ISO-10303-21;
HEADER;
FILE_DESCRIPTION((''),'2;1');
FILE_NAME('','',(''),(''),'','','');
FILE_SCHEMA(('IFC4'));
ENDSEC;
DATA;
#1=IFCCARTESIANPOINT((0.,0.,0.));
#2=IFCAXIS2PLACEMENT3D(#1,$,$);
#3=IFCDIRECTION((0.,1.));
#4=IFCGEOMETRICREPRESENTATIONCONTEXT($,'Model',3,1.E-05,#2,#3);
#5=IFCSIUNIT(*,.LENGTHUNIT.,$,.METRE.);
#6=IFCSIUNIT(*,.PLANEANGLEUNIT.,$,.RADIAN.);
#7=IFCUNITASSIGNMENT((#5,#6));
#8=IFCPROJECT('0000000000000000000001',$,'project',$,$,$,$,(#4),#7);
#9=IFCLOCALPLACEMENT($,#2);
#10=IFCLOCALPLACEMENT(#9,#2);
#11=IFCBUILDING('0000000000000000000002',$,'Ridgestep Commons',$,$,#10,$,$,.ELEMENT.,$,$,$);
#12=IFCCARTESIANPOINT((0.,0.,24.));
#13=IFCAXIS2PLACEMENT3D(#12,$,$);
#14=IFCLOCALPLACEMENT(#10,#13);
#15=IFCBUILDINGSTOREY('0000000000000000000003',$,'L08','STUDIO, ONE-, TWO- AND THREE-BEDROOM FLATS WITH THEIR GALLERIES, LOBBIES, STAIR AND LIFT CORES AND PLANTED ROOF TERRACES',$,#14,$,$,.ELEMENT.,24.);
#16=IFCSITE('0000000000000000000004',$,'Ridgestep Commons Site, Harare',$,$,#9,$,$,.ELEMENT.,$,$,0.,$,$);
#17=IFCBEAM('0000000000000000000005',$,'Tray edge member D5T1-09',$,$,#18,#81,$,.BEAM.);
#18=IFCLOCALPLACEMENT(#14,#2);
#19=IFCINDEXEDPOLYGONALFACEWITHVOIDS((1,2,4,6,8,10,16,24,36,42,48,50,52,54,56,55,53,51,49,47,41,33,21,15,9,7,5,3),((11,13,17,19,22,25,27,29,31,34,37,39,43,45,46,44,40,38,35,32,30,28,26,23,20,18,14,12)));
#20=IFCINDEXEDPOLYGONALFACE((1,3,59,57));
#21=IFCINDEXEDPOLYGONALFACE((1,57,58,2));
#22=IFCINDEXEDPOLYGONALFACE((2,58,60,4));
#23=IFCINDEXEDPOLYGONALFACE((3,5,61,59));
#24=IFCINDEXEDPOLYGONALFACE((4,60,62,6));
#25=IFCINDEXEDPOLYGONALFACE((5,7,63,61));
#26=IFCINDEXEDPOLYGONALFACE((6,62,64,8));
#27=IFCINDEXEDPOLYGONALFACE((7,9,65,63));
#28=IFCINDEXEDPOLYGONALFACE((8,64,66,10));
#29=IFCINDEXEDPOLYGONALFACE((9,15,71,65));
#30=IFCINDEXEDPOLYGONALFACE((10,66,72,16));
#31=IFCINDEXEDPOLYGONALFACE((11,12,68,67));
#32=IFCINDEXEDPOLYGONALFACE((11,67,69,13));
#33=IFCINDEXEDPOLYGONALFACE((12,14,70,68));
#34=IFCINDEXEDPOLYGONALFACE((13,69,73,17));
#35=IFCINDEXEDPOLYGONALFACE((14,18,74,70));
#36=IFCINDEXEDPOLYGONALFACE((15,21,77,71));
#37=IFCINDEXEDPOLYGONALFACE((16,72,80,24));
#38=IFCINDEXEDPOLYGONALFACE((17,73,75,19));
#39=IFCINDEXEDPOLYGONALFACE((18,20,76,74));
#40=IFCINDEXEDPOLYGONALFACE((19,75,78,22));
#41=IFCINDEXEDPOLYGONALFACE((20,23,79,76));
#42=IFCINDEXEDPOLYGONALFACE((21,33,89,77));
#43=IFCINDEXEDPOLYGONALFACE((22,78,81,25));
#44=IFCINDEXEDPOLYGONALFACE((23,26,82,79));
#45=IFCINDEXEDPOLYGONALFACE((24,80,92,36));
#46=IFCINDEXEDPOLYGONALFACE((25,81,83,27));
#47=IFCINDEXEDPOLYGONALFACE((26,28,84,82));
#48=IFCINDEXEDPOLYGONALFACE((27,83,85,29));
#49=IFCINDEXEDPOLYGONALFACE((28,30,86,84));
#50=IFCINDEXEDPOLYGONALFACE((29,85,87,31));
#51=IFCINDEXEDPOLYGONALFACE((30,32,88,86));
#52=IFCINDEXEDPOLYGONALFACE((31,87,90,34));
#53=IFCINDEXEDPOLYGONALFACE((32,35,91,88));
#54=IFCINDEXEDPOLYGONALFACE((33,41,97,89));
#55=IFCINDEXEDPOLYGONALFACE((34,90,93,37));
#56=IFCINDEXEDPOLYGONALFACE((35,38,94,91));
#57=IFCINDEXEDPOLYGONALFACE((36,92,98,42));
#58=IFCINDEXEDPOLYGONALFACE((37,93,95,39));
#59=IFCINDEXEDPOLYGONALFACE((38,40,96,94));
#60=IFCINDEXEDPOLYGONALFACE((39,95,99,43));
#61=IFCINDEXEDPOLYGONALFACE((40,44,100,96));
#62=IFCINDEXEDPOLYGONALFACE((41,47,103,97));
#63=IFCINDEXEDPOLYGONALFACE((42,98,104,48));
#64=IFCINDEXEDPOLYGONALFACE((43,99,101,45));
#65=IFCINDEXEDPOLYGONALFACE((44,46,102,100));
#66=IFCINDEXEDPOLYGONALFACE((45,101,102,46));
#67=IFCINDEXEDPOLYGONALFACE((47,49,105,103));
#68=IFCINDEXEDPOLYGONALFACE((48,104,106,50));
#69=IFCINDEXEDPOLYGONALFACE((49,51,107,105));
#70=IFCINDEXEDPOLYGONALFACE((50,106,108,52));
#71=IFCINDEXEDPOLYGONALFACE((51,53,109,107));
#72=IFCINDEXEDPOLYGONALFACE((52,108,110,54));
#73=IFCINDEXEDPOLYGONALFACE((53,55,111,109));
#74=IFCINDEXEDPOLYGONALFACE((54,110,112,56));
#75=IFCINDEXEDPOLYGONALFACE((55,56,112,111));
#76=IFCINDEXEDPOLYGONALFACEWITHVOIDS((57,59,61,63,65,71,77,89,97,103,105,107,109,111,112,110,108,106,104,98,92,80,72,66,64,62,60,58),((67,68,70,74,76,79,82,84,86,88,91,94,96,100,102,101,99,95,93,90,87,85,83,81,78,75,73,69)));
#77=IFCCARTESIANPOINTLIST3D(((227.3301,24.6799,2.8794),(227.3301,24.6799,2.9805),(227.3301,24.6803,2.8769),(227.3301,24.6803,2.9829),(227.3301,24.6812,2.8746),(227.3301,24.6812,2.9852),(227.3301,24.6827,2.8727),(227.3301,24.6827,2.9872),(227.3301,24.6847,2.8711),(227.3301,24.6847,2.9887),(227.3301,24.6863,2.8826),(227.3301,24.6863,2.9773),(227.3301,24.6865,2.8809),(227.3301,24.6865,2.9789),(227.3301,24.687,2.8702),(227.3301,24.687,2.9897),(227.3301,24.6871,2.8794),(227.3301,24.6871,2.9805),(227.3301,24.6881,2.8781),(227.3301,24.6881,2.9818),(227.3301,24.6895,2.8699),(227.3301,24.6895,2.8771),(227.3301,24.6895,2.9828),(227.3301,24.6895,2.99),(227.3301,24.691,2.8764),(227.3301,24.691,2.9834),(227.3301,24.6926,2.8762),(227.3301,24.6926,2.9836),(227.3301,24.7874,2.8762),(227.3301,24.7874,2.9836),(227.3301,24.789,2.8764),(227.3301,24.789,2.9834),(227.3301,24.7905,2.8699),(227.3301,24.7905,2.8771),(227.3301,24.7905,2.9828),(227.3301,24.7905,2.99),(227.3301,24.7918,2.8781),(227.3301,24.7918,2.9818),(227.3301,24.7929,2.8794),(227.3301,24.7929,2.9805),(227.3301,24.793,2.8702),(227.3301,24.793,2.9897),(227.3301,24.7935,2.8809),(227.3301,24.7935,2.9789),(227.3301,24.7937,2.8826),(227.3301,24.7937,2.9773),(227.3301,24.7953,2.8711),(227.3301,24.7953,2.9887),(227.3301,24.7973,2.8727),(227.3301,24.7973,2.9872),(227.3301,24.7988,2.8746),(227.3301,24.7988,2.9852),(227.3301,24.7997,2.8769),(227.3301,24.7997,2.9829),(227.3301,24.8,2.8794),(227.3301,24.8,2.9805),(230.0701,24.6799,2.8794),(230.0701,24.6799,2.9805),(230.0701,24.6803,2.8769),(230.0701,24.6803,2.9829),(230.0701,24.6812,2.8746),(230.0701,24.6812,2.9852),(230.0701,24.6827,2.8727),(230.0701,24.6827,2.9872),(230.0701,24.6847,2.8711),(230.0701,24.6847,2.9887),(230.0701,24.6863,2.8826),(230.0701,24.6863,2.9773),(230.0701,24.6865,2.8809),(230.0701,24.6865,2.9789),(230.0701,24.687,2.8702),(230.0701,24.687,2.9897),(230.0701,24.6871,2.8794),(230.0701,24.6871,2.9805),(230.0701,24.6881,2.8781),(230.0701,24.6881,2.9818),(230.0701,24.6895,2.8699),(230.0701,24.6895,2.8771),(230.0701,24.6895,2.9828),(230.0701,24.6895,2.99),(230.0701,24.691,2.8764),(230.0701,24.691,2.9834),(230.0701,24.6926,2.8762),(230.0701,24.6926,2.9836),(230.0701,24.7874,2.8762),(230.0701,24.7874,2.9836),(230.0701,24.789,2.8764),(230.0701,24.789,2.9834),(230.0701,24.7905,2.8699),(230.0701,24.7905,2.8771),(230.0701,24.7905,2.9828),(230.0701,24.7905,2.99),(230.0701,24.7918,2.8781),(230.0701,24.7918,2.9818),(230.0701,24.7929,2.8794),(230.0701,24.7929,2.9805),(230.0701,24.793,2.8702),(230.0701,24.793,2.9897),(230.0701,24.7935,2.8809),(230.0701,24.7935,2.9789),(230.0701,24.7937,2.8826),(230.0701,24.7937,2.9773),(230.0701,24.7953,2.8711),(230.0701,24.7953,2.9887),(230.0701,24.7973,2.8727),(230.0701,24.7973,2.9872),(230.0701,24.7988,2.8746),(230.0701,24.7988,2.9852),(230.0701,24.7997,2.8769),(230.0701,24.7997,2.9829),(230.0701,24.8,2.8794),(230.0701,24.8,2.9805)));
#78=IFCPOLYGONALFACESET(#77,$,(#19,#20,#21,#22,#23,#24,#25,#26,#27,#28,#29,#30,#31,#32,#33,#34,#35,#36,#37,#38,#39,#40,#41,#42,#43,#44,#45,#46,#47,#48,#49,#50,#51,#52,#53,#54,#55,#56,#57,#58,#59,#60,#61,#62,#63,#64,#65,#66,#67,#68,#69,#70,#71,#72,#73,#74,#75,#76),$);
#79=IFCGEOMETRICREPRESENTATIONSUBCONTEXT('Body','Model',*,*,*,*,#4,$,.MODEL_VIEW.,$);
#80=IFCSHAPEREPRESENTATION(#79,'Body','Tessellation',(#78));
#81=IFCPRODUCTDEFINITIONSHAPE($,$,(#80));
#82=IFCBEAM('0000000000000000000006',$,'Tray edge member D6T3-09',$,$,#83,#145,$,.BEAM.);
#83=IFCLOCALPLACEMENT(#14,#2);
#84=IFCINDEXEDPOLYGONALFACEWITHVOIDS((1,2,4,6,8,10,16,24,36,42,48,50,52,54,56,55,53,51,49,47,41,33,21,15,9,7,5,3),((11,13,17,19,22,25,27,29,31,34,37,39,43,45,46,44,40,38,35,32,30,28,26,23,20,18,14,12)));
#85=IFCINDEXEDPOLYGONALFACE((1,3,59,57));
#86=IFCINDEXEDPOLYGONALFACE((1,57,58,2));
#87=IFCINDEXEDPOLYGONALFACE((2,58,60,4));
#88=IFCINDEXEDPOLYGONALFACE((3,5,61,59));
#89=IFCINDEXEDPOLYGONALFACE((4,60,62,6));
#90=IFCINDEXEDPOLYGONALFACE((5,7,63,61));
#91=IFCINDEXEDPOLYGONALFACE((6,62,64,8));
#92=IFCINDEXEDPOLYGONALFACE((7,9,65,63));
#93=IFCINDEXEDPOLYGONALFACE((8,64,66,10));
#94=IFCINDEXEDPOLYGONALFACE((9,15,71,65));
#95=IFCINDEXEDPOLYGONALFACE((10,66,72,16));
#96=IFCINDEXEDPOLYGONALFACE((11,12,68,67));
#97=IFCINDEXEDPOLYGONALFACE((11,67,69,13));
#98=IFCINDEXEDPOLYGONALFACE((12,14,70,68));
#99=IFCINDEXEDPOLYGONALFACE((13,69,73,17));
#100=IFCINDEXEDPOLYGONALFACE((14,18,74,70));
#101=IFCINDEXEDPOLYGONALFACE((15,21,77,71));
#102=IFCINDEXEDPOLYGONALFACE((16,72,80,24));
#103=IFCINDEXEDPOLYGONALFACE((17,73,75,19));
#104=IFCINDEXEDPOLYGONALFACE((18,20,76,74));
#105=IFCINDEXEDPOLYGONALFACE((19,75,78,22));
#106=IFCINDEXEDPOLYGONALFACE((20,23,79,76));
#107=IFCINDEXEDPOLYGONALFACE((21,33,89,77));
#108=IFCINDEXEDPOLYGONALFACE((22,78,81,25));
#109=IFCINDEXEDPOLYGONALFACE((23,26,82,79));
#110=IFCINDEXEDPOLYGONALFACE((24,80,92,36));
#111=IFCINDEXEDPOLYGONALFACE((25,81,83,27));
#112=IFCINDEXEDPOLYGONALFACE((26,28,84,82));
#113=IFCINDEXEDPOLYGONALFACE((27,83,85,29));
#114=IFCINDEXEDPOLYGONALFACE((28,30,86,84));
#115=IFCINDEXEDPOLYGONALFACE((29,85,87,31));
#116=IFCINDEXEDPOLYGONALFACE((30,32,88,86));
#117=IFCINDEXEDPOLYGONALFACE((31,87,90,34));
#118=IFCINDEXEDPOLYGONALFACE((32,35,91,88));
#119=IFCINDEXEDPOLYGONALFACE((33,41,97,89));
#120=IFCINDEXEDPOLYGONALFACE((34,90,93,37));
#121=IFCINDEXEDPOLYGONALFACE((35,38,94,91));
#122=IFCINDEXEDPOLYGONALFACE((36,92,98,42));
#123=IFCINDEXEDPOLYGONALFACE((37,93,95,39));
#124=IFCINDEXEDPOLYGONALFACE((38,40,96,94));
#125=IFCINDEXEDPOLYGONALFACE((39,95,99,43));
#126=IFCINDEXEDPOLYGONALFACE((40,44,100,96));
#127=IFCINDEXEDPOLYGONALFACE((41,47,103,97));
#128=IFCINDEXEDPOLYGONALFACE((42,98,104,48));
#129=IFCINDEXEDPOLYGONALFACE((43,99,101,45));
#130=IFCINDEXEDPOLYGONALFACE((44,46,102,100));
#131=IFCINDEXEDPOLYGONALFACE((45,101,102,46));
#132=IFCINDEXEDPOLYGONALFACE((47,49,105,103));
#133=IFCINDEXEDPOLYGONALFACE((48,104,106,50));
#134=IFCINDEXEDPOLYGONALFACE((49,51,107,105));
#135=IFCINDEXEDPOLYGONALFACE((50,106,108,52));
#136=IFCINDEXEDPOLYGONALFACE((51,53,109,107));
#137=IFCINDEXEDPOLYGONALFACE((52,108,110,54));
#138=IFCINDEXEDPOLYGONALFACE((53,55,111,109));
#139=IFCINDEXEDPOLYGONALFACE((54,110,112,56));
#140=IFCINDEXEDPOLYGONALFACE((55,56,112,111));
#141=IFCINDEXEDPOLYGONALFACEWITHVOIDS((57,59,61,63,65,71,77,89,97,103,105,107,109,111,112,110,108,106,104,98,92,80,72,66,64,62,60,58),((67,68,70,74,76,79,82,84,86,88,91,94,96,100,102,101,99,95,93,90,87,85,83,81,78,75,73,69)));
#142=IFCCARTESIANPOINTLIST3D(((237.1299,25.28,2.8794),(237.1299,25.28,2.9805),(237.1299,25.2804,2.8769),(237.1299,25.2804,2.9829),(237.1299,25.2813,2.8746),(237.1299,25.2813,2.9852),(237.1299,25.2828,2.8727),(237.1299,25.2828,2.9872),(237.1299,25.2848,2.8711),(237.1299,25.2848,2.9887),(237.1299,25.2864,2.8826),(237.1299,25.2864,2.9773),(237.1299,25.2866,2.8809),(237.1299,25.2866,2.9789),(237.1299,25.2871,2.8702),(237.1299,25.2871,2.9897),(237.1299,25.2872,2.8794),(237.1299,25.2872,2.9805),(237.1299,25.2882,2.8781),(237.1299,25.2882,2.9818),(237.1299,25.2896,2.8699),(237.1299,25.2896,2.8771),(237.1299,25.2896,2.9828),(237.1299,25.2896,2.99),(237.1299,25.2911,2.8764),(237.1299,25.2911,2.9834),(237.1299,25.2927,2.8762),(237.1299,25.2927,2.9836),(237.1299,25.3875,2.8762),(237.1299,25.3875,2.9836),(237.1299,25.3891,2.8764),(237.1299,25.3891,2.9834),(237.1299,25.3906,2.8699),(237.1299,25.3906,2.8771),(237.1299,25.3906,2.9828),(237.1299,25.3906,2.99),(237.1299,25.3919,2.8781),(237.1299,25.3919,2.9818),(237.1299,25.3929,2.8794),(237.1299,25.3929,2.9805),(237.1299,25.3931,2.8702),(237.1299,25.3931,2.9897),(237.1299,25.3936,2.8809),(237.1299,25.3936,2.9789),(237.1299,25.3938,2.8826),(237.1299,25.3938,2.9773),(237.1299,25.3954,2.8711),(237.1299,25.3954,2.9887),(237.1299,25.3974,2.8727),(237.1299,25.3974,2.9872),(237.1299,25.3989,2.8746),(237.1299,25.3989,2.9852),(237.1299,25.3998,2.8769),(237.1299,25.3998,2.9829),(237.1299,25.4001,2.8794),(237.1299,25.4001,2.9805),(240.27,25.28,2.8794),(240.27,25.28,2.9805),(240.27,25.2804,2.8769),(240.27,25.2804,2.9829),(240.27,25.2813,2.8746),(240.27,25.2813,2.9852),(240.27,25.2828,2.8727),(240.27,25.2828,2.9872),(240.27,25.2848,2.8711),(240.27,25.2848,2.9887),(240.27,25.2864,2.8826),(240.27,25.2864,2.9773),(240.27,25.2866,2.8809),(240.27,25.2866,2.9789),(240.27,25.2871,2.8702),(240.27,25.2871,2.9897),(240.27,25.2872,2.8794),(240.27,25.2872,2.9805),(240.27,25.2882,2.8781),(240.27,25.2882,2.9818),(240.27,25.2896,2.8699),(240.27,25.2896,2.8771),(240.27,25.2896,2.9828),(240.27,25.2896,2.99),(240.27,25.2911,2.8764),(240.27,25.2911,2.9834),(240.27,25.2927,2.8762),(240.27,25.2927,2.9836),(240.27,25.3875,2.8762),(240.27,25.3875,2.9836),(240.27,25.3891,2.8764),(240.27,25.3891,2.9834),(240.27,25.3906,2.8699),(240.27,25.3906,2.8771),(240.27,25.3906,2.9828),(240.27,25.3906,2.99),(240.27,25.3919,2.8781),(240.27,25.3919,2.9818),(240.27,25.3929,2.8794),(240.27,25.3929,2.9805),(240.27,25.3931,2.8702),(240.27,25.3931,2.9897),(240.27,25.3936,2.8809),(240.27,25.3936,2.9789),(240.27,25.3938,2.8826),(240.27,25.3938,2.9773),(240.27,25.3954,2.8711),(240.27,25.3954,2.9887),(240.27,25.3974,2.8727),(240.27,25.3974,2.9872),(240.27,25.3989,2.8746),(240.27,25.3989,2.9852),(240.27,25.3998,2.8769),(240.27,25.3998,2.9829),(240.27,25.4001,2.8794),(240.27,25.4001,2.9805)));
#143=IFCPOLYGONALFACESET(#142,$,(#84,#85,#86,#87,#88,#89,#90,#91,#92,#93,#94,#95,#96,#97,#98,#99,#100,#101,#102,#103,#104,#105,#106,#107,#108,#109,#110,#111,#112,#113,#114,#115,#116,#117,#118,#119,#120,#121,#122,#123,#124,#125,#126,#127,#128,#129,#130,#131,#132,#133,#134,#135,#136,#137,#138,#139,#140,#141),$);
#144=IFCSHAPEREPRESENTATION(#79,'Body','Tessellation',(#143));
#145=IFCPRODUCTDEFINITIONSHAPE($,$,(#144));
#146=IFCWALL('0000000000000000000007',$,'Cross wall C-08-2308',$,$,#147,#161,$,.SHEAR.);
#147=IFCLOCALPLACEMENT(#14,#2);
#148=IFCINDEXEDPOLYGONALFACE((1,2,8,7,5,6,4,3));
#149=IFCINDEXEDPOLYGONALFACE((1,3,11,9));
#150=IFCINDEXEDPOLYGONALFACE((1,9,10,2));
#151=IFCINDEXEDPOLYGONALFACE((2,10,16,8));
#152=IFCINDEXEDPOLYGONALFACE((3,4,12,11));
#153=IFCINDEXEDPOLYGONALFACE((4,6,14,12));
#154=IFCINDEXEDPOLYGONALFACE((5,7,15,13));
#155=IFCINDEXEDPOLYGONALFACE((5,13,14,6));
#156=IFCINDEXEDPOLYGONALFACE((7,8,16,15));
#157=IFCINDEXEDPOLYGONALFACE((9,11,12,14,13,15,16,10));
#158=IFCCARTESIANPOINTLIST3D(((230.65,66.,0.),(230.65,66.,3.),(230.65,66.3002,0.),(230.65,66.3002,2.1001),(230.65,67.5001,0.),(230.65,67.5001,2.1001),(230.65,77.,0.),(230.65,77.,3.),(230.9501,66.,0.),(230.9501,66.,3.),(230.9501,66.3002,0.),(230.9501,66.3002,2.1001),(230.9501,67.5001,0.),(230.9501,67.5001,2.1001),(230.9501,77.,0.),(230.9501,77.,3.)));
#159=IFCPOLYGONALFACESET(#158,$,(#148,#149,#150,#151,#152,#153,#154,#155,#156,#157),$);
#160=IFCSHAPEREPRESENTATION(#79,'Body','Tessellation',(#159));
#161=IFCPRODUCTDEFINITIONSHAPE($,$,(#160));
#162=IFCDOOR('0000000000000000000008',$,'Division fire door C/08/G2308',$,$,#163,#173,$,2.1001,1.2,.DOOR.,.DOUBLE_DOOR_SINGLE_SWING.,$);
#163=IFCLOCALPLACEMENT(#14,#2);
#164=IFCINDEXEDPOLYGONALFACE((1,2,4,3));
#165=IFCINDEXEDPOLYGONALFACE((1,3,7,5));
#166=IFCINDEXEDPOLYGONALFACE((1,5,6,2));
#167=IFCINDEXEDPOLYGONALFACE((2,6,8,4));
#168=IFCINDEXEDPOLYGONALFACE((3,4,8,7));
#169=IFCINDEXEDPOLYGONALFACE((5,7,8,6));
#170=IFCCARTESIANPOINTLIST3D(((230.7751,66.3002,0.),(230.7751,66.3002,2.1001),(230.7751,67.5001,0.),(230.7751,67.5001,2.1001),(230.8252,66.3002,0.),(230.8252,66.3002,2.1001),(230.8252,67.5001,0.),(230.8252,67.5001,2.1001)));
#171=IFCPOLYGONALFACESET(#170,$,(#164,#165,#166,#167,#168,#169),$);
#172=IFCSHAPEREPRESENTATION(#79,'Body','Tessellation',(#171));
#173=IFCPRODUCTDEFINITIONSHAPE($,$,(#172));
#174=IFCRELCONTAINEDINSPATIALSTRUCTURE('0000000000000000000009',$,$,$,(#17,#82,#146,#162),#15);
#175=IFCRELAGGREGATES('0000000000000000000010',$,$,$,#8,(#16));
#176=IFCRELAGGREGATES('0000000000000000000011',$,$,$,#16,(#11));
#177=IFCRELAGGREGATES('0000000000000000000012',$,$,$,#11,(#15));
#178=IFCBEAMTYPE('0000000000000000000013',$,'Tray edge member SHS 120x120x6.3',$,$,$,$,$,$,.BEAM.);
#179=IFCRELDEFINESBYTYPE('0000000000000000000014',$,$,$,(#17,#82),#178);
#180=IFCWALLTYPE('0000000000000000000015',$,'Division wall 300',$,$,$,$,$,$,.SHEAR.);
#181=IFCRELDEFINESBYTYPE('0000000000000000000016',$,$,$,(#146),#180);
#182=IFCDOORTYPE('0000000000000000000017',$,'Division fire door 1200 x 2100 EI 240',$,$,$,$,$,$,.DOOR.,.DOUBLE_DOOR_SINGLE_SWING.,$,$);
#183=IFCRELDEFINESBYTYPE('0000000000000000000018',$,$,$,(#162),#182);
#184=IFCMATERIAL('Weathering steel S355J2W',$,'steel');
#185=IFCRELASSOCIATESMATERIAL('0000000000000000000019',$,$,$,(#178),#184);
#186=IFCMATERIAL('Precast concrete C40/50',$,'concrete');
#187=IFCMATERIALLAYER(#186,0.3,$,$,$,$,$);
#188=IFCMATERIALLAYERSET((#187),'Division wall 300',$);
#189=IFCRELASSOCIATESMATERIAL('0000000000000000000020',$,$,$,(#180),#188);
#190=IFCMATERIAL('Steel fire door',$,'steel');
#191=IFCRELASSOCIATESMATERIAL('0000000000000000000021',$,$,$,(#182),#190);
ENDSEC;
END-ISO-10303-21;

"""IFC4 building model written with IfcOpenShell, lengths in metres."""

from ifc_helpers import new_model, si_unit, direction, frame, frame_2d, origin, origin_2d, place, context, subcontext, project, spatial, rectangle, hollow_rectangle, extrude, material, layer, layer_set, material_profile, profile_set, type_object, element, fill, save


model = new_model("IFC4")

# Units and contexts
model_context = context("Model", 3, precision=1e-05, world=origin(), true_north=direction((0.0, 1.0)))
body_context = subcontext(model_context, "Body", "Model", "MODEL_VIEW")
ifc_project = project(units=[si_unit("LENGTHUNIT", "METRE"), si_unit("PLANEANGLEUNIT", "RADIAN")], contexts=[model_context])

# Site, building, storey
site_placement = place(None, origin())
site = spatial("IfcSite", under=ifc_project, at=site_placement, Name="Ridgestep Commons Site, Harare", CompositionType="ELEMENT", RefElevation=0.0)
building_placement = place(site_placement, origin())
building = spatial("IfcBuilding", under=site, at=building_placement, Name="Ridgestep Commons", CompositionType="ELEMENT")
storey_placement = place(building_placement, frame((0.0, 0.0, 24.0)))
storey = spatial("IfcBuildingStorey", under=building, at=storey_placement, Name="L08", Description="STUDIO, ONE-, TWO- AND THREE-BEDROOM FLATS WITH THEIR GALLERIES, LOBBIES, STAIR AND LIFT CORES AND PLANTED ROOF TERRACES", CompositionType="ELEMENT", Elevation=24.0)

# Beams
ifc_material_1 = material(Name="Weathering steel S355J2W", Category="steel")
ifc_material_profile_1 = material_profile(ifc_material_1, hollow_rectangle(XDim=0.1201, YDim=0.1201, WallThickness=0.0063, InnerFilletRadius=0.0063, OuterFilletRadius=0.0095, at=origin_2d()), Name="SHS 120x120x6.3")
ifc_profile_set_1 = profile_set([ifc_material_profile_1], Name="Weathering steel S355J2W")
beam_type_1 = type_object("IfcBeamType", Name="Tray edge member SHS 120x120x6.3", PredefinedType="BEAM", material=ifc_profile_set_1)
beam_1_placement = place(storey_placement, frame((227.3301, 24.74, 2.9299), z_axis=(1.0, 0.0, 0.0), x_axis=(0.0, 0.0, 1.0)))
element("IfcBeam", 1, at=beam_1_placement, inside=storey, type_object=beam_type_1, Name="Tray edge member D5T1-09", PredefinedType="BEAM", context=body_context, shape_type="SweptSolid", body=[
    extrude(hollow_rectangle(XDim=0.1201, YDim=0.1201, WallThickness=0.0063, InnerFilletRadius=0.0063, OuterFilletRadius=0.0095, at=origin_2d()), origin(), (0.0, 0.0, 1.0), 2.74),
])
beam_2_placement = place(storey_placement, frame((237.1299, 25.3401, 2.9299), z_axis=(1.0, 0.0, 0.0), x_axis=(0.0, 0.0, 1.0)))
element("IfcBeam", 2, at=beam_2_placement, inside=storey, type_object=beam_type_1, Name="Tray edge member D6T3-09", PredefinedType="BEAM", context=body_context, shape_type="SweptSolid", body=[
    extrude(hollow_rectangle(XDim=0.1201, YDim=0.1201, WallThickness=0.0063, InnerFilletRadius=0.0063, OuterFilletRadius=0.0095, at=origin_2d()), origin(), (0.0, 0.0, 1.0), 3.1401),
])

# Wall, opening, door
ifc_material_2 = material(Name="Precast concrete C40/50", Category="concrete")
ifc_layer_1 = layer(ifc_material_2, 0.3)
ifc_layer_set_1 = layer_set([ifc_layer_1], Name="Division wall 300")
wall_type = type_object("IfcWallType", Name="Division wall 300", PredefinedType="SHEAR", material=ifc_layer_set_1)
wall_placement = place(storey_placement, frame((230.8, 66.0, 0.0), z_axis=(0.0, 0.0, 1.0), x_axis=(0.0, 1.0, 0.0)))
wall = element("IfcWall", 3, at=wall_placement, inside=storey, type_object=wall_type, Name="Cross wall C-08-2308", PredefinedType="SHEAR", context=body_context, shape_type="SweptSolid", body=[
    extrude(rectangle(XDim=11.0, YDim=0.3, at=frame_2d((5.5, 0.0))), origin(), (0.0, 0.0, 1.0), 3.0),
])
opening_placement = place(wall_placement, frame((0.3, 0.0, 0.0)))
opening = element("IfcOpeningElement", 4, at=opening_placement, cuts=wall, PredefinedType="OPENING", context=body_context, shape_type="SweptSolid", body=[
    extrude(rectangle(XDim=1.2, YDim=2.1001, at=frame_2d((0.6001, 1.05))), frame((0.0, 0.1599, 0.0), z_axis=(0.0, -1.0, 0.0), x_axis=(1.0, 0.0, 0.0)), (0.0, 0.0, 1.0), 0.3201),
])
ifc_material_3 = material(Name="Steel fire door", Category="steel")
door_type = type_object("IfcDoorType", Name="Division fire door 1200 x 2100 EI 240", OperationType="DOUBLE_DOOR_SINGLE_SWING", PredefinedType="DOOR", material=ifc_material_3)
door_placement = place(opening_placement, origin())
door = element("IfcDoor", 5, at=door_placement, inside=storey, type_object=door_type, Name="Division fire door C/08/G2308", OperationType="DOUBLE_DOOR_SINGLE_SWING", OverallHeight=2.1001, OverallWidth=1.2, PredefinedType="DOOR", context=body_context, shape_type="SweptSolid", body=[
    extrude(rectangle(XDim=1.2, YDim=2.1001, at=frame_2d((0.6001, 1.05))), frame((0.0, 0.0249, 0.0), z_axis=(0.0, -1.0, 0.0), x_axis=(1.0, 0.0, 0.0)), (0.0, 0.0, 1.0), 0.05),
])
fill(opening, door)

save(model, "model.ifc")
